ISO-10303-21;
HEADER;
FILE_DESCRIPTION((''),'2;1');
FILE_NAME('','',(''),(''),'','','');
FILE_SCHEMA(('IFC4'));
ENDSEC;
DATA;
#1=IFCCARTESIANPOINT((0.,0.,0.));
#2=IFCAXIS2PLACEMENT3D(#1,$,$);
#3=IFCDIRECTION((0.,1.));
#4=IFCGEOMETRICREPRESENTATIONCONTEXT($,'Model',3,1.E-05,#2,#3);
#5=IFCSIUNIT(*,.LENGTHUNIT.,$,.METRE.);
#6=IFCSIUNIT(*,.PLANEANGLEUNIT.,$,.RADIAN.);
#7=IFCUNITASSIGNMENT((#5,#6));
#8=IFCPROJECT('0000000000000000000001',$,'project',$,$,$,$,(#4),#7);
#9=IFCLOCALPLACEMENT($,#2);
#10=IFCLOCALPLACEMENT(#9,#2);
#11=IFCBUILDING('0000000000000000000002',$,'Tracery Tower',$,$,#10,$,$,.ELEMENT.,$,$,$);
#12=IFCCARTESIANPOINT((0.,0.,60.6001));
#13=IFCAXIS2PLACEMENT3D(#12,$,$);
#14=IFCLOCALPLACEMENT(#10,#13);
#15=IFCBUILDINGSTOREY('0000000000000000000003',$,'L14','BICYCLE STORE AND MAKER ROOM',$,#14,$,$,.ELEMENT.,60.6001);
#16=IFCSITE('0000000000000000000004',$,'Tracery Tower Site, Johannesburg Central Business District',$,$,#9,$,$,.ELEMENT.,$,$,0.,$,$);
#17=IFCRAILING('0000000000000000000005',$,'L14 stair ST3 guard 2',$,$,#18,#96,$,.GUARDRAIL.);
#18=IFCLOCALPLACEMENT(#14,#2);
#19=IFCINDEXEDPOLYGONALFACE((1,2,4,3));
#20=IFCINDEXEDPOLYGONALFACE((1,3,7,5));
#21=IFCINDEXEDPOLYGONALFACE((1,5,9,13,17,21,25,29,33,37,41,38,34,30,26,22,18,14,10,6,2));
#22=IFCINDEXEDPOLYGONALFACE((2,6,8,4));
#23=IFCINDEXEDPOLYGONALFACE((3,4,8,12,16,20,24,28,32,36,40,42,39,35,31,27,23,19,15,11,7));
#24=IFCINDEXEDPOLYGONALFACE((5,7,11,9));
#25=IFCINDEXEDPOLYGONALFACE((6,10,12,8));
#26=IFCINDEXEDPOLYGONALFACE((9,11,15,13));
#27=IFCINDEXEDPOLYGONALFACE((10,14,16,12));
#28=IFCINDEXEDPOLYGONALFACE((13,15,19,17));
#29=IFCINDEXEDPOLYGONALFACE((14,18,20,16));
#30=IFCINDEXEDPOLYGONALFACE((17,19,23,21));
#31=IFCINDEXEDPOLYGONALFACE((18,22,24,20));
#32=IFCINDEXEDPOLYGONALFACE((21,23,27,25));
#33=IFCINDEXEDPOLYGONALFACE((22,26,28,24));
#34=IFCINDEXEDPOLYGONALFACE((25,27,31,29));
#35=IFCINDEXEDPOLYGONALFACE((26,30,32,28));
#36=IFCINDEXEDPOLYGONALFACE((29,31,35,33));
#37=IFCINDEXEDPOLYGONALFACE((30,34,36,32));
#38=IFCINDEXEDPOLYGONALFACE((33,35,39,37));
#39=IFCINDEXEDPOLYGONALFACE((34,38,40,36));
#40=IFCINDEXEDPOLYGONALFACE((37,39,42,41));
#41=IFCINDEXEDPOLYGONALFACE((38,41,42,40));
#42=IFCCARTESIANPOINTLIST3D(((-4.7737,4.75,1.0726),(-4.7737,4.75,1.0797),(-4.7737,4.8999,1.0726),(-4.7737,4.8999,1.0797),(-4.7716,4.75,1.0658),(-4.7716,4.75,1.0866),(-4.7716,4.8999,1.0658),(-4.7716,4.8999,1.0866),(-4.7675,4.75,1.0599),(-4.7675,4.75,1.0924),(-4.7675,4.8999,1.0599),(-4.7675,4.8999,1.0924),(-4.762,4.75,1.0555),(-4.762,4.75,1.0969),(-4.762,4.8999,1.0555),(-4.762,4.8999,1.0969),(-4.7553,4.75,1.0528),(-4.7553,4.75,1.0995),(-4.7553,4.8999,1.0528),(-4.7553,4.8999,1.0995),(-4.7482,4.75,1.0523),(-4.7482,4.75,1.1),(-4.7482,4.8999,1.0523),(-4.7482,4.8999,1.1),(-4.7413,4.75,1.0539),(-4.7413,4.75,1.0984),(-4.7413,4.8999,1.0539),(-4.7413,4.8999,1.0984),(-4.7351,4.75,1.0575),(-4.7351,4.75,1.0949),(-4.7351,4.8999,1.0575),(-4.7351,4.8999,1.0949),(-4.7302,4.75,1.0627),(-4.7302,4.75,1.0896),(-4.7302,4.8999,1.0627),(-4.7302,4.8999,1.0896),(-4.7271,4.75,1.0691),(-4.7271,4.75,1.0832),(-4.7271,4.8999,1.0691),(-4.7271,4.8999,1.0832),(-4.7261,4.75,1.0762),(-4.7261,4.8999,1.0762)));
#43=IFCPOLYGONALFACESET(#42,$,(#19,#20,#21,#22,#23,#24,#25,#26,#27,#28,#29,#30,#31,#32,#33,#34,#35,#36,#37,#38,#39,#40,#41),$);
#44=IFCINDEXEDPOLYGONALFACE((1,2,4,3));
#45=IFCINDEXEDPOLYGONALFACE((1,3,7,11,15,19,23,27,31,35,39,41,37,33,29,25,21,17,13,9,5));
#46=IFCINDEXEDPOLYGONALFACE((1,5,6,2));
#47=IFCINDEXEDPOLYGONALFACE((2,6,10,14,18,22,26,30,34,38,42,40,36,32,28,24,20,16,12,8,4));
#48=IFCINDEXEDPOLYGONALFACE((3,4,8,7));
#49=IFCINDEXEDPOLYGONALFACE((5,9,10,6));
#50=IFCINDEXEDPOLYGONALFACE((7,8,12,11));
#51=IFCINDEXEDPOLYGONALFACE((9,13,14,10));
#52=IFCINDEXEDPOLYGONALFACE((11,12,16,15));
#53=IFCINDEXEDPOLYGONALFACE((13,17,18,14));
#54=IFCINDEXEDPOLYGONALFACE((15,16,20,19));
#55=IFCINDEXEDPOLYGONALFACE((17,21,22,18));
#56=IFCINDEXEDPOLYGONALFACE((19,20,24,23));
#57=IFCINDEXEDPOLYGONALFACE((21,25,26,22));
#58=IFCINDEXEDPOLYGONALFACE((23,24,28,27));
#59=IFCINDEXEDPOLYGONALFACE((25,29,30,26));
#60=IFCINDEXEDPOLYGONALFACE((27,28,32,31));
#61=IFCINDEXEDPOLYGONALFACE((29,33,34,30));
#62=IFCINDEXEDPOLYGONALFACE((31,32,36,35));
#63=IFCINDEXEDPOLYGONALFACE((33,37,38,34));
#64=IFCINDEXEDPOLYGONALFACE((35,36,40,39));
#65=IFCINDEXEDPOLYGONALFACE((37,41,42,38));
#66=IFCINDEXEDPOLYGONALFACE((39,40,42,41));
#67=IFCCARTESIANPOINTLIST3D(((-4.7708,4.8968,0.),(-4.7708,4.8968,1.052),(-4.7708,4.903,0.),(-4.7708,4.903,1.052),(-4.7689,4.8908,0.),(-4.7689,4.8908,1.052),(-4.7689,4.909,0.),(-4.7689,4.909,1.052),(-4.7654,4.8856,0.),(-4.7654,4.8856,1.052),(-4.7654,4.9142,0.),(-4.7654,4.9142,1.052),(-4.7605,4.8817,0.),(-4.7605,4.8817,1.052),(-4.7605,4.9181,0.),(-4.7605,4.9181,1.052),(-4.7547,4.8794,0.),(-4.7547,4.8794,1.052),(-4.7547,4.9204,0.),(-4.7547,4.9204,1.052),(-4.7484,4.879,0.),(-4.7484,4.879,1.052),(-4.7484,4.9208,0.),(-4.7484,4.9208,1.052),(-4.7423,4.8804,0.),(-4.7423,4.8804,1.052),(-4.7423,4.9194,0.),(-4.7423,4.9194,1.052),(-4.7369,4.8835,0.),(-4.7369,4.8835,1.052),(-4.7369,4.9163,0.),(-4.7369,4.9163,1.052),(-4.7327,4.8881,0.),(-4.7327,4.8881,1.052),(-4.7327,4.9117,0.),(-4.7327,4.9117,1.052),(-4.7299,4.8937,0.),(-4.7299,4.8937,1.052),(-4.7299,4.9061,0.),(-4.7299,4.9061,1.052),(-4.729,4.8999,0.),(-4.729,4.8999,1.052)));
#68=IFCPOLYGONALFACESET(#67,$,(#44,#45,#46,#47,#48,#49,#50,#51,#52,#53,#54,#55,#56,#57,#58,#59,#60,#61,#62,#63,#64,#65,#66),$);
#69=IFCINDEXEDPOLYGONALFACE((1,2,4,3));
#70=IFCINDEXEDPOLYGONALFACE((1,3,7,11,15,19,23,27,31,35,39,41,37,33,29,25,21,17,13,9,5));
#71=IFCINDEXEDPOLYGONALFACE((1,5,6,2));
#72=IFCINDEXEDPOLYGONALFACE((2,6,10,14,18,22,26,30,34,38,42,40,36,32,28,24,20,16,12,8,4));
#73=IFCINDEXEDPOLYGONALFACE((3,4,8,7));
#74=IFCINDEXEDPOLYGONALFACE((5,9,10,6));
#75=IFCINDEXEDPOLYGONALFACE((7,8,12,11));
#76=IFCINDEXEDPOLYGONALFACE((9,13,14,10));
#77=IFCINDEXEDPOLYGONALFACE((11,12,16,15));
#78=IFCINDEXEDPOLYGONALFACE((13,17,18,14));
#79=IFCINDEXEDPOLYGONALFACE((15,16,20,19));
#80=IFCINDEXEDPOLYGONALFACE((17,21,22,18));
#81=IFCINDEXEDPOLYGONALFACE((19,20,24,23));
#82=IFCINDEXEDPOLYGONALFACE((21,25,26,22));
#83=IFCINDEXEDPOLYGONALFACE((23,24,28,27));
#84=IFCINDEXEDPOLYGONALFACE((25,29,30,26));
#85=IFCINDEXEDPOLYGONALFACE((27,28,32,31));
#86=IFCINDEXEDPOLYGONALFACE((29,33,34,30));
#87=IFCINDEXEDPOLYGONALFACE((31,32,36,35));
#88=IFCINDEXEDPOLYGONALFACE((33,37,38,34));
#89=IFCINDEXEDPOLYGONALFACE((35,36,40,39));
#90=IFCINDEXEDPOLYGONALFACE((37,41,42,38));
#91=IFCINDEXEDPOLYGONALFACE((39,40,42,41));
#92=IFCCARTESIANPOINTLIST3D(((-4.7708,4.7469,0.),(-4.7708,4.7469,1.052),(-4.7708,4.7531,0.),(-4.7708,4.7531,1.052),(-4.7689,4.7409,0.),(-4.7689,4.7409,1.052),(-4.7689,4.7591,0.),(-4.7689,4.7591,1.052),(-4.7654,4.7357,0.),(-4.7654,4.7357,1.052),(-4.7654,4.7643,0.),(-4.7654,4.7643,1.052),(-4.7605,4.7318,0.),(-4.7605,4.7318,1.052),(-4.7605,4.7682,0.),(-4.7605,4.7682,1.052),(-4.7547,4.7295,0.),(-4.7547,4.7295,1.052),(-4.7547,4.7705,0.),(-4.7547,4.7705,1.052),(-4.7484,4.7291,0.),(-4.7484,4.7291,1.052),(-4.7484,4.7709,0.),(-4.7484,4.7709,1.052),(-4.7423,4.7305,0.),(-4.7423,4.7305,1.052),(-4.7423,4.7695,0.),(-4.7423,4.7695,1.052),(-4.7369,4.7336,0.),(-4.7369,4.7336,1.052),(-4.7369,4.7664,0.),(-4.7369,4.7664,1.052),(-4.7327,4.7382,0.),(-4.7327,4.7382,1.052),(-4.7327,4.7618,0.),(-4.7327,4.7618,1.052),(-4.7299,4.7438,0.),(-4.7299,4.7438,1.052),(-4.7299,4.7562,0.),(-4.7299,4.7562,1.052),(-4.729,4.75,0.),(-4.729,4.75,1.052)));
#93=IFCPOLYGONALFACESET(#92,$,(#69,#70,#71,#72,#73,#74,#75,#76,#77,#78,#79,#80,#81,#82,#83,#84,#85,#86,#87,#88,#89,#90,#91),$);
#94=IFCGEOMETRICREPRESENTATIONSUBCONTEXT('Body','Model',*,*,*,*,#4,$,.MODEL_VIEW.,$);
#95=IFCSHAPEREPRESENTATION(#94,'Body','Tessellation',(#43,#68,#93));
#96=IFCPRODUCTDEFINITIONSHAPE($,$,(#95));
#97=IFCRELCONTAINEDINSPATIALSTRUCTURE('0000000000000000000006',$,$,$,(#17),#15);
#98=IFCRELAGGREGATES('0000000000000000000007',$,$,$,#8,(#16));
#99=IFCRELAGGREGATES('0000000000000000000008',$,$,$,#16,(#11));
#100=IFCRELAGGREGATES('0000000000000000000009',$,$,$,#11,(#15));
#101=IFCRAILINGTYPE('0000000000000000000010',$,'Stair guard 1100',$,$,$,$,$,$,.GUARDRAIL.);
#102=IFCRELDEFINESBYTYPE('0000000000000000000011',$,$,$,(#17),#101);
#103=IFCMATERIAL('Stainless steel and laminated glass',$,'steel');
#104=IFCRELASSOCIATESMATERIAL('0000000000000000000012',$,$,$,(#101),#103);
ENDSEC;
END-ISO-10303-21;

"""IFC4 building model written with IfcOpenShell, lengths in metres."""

from ifc_helpers import new_model, si_unit, direction, frame, origin, origin_2d, place, context, subcontext, project, spatial, circle, extrude, material, type_object, element, save


model = new_model("IFC4")

# Units and contexts
model_context = context("Model", 3, precision=1e-05, world=origin(), true_north=direction((0.0, 1.0)))
body_context = subcontext(model_context, "Body", "Model", "MODEL_VIEW")
ifc_project = project(units=[si_unit("LENGTHUNIT", "METRE"), si_unit("PLANEANGLEUNIT", "RADIAN")], contexts=[model_context])

# Site, building, storey
site_placement = place(None, origin())
site = spatial("IfcSite", under=ifc_project, at=site_placement, Name="Tracery Tower Site, Johannesburg Central Business District", CompositionType="ELEMENT", RefElevation=0.0)
building_placement = place(site_placement, origin())
building = spatial("IfcBuilding", under=site, at=building_placement, Name="Tracery Tower", CompositionType="ELEMENT")
storey_placement = place(building_placement, frame((0.0, 0.0, 60.6001)))
storey = spatial("IfcBuildingStorey", under=building, at=storey_placement, Name="L14", Description="BICYCLE STORE AND MAKER ROOM", CompositionType="ELEMENT", Elevation=60.6001)

# Railing
ifc_material_1 = material(Name="Stainless steel and laminated glass", Category="steel")
railing_type_1 = type_object("IfcRailingType", Name="Stair guard 1100", PredefinedType="GUARDRAIL", material=ifc_material_1)
railing_1_placement = place(storey_placement, frame((-4.75, 4.8999, 0.0)))
element("IfcRailing", 1, at=railing_1_placement, inside=storey, type_object=railing_type_1, Name="L14 stair ST3 guard 2", PredefinedType="GUARDRAIL", context=body_context, shape_type="SweptSolid", body=[
    extrude(circle(Radius=0.0239, at=origin_2d()), frame((0.0, 0.0, 1.0762), z_axis=(0.0, -1.0, 0.0), x_axis=(1.0, 0.0, 0.0)), (0.0, 0.0, 1.0), 0.1499),
    extrude(circle(Radius=0.021, at=origin_2d()), origin(), (0.0, 0.0, 1.0), 1.052),
    extrude(circle(Radius=0.021, at=origin_2d()), frame((0.0, -0.1499, 0.0)), (0.0, 0.0, 1.0), 1.052),
])

save(model, "model.ifc")
